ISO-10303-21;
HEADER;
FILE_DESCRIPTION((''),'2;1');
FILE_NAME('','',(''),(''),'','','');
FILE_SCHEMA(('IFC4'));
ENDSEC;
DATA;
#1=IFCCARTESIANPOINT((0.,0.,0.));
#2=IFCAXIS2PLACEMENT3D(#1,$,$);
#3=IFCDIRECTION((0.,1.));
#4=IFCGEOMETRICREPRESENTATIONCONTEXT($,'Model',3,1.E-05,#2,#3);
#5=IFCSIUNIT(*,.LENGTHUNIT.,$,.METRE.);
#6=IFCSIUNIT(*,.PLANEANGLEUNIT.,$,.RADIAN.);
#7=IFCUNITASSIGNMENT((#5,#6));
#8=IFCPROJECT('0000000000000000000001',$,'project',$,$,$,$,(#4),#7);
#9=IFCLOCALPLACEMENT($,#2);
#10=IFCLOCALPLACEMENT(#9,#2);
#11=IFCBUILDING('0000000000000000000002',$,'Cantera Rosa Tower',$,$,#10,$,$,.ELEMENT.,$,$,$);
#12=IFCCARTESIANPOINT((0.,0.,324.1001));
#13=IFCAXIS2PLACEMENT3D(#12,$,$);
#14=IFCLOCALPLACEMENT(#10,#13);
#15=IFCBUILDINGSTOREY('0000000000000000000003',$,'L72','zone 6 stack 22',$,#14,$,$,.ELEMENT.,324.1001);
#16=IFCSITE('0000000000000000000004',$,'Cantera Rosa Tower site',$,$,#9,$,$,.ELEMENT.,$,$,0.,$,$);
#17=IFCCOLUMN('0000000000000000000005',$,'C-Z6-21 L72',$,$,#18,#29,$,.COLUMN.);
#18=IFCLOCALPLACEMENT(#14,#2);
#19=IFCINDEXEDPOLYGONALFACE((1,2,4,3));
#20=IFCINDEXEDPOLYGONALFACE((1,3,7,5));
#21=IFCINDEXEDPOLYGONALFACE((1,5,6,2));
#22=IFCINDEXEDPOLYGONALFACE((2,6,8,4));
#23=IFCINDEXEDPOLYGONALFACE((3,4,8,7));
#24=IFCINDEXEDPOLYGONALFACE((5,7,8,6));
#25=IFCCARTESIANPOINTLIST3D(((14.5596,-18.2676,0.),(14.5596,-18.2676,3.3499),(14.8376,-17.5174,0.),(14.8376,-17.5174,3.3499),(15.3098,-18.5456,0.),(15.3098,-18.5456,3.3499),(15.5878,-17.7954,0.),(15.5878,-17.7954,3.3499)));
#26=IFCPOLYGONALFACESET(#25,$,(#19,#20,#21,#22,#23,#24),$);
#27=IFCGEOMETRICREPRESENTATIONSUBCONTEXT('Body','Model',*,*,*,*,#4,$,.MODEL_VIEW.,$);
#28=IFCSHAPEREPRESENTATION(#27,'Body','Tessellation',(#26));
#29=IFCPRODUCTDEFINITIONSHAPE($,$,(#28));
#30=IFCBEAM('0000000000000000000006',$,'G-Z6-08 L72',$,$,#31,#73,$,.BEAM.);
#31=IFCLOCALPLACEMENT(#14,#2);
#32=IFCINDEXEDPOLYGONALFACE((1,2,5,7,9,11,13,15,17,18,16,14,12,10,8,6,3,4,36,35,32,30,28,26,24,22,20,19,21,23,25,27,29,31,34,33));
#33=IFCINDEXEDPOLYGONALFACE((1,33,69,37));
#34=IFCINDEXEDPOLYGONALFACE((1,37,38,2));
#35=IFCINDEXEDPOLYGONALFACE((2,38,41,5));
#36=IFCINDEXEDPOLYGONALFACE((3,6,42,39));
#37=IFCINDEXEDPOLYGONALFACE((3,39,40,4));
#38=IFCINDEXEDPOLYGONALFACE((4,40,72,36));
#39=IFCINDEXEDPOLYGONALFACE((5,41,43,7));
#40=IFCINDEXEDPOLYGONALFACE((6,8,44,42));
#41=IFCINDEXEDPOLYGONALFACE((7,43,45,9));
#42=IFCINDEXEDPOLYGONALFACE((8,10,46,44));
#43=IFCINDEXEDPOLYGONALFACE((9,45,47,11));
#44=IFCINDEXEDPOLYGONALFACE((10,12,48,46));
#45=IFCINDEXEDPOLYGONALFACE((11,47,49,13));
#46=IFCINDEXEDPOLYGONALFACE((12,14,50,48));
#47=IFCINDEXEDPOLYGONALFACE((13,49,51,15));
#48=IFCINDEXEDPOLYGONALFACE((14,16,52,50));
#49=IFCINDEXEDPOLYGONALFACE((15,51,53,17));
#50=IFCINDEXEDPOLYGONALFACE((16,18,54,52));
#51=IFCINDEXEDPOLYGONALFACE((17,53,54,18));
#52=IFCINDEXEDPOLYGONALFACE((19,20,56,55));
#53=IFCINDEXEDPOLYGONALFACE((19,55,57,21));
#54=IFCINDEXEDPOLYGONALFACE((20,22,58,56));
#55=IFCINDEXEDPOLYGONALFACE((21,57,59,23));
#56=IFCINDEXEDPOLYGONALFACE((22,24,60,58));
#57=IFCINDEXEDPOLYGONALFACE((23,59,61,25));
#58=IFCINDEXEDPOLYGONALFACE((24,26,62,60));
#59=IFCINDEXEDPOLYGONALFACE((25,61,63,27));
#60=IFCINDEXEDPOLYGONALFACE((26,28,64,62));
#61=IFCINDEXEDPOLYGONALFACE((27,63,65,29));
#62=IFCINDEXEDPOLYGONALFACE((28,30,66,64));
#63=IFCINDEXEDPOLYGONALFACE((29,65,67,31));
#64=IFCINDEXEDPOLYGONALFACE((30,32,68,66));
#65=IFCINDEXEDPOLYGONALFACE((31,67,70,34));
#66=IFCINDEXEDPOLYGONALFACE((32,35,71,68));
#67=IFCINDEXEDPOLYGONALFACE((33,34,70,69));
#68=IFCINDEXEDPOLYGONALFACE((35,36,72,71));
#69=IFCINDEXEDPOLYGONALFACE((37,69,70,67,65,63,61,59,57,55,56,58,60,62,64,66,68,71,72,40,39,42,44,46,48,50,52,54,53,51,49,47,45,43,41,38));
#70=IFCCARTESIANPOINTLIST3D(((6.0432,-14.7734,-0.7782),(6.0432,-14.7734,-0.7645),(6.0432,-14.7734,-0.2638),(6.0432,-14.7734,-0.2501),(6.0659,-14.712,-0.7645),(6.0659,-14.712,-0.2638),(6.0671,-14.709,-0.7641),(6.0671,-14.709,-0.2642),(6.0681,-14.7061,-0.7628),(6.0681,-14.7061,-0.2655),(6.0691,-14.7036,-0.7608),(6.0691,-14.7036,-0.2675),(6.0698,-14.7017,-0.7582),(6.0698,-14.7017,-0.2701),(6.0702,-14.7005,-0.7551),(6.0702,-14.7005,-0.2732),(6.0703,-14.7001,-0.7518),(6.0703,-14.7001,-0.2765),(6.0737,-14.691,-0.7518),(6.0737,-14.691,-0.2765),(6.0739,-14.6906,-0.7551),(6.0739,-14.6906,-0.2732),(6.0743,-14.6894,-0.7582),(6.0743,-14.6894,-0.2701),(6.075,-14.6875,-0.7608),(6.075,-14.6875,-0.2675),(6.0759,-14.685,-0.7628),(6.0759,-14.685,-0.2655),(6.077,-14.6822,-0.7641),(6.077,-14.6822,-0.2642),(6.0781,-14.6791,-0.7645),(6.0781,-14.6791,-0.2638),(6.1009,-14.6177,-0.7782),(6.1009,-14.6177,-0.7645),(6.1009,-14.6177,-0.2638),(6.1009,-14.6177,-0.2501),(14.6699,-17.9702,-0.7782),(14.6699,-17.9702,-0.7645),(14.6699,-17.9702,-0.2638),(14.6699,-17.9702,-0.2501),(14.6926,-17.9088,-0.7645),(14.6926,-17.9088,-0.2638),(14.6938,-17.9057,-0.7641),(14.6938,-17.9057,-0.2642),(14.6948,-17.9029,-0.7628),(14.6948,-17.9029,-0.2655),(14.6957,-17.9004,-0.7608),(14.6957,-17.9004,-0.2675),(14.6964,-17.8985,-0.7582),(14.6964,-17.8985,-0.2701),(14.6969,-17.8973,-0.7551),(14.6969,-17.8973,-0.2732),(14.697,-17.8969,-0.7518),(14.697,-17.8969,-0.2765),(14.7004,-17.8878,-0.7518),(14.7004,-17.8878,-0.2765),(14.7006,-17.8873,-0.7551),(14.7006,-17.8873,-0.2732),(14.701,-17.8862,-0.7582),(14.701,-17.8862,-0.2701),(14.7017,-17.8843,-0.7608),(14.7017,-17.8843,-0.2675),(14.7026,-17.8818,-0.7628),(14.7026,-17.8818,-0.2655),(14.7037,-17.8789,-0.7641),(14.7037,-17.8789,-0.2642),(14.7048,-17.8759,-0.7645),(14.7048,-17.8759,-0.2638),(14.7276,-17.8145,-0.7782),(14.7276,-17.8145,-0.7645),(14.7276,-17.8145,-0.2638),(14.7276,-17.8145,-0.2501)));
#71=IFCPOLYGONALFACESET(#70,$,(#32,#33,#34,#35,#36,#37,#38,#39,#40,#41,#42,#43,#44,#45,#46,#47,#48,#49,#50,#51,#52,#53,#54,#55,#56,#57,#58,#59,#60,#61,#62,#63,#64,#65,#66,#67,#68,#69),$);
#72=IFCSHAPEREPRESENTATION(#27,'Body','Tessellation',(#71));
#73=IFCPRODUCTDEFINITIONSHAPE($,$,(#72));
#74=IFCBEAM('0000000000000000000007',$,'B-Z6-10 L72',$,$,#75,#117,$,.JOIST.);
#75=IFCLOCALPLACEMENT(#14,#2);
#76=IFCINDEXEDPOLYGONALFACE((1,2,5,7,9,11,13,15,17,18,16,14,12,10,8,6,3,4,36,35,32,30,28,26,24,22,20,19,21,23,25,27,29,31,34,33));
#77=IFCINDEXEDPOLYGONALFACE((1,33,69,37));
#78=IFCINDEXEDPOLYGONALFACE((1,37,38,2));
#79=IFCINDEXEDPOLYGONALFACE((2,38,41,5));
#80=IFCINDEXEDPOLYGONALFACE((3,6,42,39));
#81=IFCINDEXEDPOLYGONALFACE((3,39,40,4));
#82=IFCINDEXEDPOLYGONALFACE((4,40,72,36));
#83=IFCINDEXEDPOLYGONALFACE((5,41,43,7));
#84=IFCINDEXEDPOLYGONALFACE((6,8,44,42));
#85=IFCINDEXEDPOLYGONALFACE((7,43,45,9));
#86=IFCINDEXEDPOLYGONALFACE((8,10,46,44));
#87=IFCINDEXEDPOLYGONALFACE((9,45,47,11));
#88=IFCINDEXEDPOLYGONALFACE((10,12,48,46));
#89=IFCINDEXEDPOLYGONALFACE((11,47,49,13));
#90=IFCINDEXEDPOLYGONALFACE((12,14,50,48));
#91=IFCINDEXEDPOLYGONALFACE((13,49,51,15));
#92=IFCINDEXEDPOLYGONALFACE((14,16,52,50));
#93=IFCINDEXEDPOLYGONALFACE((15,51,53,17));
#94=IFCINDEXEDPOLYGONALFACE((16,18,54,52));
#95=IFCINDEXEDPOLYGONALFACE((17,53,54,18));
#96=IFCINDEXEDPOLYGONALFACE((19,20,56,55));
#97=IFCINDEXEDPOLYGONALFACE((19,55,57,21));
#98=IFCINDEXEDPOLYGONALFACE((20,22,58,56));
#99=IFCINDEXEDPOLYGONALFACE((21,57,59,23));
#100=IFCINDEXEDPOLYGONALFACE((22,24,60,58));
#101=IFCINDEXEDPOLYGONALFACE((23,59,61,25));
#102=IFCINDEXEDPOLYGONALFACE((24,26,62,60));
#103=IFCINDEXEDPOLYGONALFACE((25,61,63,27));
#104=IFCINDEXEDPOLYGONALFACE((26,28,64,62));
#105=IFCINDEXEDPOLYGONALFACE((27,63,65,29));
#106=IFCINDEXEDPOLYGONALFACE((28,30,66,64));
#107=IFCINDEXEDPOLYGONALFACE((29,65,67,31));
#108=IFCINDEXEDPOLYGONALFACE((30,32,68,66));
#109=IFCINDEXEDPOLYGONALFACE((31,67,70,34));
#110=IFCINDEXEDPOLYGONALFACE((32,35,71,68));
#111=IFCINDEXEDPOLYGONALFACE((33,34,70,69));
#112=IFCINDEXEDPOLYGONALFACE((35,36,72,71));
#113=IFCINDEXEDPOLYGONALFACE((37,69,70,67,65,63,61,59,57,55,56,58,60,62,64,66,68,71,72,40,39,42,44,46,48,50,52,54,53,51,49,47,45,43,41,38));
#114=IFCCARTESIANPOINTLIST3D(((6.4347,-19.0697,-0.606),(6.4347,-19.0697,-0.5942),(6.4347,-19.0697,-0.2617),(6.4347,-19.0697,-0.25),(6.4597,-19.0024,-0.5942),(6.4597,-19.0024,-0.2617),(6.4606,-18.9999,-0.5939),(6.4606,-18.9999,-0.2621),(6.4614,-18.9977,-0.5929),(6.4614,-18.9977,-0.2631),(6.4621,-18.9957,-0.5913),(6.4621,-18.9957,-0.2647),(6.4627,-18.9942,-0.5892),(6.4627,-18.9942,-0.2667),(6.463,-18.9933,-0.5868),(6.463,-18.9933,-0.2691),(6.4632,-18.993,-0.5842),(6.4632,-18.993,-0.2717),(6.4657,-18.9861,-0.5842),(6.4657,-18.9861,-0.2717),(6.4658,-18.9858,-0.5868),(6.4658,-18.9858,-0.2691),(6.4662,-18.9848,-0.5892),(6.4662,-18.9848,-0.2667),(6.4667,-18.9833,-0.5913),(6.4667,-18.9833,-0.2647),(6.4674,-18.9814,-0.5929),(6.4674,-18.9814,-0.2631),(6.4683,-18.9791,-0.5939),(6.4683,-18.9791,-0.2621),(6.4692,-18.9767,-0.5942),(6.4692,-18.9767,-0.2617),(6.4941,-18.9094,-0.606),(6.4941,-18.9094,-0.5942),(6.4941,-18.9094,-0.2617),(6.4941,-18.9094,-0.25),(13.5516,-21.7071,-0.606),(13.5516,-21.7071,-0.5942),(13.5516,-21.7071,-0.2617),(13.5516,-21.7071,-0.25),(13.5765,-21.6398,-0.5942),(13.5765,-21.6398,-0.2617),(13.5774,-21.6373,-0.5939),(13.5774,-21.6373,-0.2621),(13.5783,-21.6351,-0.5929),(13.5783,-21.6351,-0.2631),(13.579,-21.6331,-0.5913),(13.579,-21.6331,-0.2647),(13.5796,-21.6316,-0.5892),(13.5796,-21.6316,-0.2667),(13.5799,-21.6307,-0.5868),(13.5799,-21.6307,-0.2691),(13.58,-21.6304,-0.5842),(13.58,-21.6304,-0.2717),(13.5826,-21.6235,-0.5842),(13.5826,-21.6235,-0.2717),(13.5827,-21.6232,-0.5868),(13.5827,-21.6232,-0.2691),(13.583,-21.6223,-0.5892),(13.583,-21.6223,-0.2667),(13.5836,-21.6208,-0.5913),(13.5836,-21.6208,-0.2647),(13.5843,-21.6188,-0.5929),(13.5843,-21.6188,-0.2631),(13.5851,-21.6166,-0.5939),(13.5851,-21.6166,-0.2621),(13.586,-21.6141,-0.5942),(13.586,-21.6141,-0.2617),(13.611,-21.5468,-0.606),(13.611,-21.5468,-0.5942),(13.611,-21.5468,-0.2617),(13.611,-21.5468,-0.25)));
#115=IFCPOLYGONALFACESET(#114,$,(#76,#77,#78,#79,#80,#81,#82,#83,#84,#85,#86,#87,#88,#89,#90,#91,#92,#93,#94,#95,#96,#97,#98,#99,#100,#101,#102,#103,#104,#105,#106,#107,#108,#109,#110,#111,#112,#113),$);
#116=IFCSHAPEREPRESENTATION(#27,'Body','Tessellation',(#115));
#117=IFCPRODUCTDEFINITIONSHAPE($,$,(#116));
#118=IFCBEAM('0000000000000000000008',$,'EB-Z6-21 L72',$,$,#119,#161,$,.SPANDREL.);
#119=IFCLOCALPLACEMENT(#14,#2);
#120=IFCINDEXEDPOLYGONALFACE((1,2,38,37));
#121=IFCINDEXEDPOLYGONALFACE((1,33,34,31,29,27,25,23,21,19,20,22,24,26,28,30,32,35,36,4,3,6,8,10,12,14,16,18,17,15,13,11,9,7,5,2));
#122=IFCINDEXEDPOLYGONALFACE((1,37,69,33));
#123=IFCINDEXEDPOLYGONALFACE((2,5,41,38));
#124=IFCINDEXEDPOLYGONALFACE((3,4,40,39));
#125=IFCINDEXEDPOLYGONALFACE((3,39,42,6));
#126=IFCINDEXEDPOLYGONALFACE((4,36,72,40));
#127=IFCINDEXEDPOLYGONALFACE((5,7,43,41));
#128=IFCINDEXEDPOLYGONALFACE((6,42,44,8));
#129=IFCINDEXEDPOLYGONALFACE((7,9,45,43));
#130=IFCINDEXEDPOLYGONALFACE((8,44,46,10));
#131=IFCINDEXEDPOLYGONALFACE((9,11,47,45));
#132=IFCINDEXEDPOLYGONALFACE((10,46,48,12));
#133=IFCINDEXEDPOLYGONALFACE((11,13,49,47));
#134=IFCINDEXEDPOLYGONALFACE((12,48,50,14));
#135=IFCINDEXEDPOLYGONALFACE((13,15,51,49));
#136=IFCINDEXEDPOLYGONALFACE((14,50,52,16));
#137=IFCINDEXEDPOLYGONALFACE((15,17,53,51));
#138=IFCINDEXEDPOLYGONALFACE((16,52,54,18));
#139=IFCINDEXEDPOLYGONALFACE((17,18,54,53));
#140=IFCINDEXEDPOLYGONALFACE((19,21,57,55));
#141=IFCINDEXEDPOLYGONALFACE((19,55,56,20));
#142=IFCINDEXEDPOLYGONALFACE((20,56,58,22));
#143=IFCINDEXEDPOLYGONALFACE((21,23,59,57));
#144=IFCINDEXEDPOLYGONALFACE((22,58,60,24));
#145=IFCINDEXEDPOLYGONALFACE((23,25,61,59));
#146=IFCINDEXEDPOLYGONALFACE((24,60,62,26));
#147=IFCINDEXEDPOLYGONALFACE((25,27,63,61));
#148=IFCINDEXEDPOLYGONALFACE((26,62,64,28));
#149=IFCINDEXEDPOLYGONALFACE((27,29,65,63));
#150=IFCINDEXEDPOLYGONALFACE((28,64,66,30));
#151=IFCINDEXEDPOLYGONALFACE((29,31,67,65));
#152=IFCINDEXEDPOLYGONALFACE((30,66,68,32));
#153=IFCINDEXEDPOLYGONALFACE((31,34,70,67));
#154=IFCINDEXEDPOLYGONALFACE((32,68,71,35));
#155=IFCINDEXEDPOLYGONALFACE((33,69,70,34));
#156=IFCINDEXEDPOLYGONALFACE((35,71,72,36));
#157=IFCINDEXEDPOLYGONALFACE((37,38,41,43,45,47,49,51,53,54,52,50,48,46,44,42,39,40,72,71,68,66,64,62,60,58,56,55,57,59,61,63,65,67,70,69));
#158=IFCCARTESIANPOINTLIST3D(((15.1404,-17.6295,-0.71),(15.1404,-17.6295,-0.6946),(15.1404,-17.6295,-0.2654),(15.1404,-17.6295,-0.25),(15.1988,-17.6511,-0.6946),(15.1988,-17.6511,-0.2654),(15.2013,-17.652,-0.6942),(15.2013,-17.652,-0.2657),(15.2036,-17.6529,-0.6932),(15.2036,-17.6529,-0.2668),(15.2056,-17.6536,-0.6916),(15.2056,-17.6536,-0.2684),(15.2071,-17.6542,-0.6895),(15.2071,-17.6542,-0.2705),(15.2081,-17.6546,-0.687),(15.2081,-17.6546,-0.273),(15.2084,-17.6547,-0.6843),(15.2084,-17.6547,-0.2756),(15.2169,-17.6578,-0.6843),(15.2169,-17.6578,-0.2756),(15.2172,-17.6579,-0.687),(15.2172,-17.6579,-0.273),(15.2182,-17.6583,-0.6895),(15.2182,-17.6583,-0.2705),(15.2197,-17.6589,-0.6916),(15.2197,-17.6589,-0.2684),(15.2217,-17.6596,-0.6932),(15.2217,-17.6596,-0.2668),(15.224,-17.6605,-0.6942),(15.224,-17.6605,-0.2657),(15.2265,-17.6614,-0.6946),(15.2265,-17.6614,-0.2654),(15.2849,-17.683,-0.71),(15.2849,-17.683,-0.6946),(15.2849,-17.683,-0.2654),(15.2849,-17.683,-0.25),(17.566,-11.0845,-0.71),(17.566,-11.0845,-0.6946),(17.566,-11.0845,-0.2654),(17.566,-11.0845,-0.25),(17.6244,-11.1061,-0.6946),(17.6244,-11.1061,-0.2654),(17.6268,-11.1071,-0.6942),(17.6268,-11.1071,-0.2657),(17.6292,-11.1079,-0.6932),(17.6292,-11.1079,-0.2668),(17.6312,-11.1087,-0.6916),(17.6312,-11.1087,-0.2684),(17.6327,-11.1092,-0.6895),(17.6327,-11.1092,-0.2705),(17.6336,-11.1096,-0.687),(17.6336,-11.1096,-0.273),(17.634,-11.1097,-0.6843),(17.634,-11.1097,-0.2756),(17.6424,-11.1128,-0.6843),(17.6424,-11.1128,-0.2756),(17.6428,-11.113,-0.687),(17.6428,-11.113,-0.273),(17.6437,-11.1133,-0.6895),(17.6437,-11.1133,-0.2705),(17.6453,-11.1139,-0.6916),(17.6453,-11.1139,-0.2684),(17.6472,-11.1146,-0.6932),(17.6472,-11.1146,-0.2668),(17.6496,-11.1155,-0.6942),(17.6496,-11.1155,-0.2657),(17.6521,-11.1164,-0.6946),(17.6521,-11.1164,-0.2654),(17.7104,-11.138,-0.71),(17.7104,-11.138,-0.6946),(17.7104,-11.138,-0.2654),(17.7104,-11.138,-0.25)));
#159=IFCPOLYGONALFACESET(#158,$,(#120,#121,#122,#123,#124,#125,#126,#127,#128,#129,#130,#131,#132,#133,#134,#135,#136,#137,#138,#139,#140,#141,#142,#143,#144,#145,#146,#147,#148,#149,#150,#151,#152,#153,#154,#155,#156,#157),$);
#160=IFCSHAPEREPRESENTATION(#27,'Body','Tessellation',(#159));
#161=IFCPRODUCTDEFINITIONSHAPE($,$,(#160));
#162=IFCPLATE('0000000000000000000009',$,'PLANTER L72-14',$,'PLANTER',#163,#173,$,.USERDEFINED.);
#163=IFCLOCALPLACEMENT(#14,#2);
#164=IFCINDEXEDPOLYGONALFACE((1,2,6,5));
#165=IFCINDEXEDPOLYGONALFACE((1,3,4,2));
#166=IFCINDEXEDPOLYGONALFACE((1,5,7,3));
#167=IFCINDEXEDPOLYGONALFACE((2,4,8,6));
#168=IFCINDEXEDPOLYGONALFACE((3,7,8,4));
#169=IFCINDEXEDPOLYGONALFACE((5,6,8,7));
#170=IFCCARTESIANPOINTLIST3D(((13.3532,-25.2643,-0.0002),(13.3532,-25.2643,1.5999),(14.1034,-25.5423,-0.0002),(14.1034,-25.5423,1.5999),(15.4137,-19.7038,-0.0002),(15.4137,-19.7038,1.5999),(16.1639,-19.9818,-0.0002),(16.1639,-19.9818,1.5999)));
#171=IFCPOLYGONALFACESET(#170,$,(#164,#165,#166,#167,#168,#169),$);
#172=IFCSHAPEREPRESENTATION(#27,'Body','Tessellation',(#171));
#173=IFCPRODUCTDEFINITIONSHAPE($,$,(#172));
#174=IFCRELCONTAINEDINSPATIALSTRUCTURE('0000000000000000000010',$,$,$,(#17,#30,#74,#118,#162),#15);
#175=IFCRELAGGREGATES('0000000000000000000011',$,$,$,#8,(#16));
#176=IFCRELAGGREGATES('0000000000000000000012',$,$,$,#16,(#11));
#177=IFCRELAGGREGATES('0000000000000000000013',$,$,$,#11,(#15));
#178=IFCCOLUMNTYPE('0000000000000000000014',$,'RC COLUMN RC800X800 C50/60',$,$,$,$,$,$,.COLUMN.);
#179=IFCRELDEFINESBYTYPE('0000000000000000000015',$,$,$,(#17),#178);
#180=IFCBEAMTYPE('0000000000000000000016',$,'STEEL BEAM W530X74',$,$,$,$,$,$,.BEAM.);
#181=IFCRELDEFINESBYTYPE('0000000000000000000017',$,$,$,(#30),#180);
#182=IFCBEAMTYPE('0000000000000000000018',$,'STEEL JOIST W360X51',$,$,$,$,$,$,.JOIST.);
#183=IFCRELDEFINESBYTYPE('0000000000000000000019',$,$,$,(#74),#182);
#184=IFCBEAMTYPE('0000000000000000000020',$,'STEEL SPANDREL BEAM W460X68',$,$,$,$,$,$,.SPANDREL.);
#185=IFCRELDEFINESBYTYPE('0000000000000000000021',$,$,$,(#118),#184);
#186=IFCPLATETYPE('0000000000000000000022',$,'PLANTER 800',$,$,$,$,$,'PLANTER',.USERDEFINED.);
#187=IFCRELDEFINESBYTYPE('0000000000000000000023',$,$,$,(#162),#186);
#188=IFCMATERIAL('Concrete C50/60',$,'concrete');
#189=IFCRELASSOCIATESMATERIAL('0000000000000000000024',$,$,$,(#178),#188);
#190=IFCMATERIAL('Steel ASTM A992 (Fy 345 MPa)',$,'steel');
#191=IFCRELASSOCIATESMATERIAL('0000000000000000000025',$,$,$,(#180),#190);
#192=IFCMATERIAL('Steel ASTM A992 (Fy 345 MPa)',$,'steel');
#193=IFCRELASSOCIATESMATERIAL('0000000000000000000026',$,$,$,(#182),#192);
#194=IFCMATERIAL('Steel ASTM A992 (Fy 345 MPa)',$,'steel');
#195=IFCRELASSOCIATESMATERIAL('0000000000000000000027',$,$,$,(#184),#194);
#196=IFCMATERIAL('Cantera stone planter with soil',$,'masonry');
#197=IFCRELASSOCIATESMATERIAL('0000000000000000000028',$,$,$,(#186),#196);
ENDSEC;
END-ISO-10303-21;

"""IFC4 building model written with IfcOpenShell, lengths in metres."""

from ifc_helpers import new_model, si_unit, direction, frame, origin, origin_2d, place, context, subcontext, project, spatial, rectangle, i_section, extrude, material, material_profile, profile_set, type_object, element, save


model = new_model("IFC4")

# Units and contexts
model_context = context("Model", 3, precision=1e-05, world=origin(), true_north=direction((0.0, 1.0)))
body_context = subcontext(model_context, "Body", "Model", "MODEL_VIEW")
ifc_project = project(units=[si_unit("LENGTHUNIT", "METRE"), si_unit("PLANEANGLEUNIT", "RADIAN")], contexts=[model_context])

# Site, building, storey
site_placement = place(None, origin())
site = spatial("IfcSite", under=ifc_project, at=site_placement, Name="Cantera Rosa Tower site", CompositionType="ELEMENT", RefElevation=0.0)
building_placement = place(site_placement, origin())
building = spatial("IfcBuilding", under=site, at=building_placement, Name="Cantera Rosa Tower", CompositionType="ELEMENT")
storey_placement = place(building_placement, frame((0.0, 0.0, 324.1001)))
storey = spatial("IfcBuildingStorey", under=building, at=storey_placement, Name="L72", Description="zone 6 stack 22", CompositionType="ELEMENT", Elevation=324.1001)

# Column
ifc_material_1 = material(Name="Concrete C50/60", Category="concrete")
ifc_material_profile_1 = material_profile(ifc_material_1, rectangle(XDim=0.8, YDim=0.8, at=origin_2d()), Name="RC COLUMN RC800X800 C50/60")
ifc_profile_set_1 = profile_set([ifc_material_profile_1], Name="Concrete C50/60")
column_type = type_object("IfcColumnType", Name="RC COLUMN RC800X800 C50/60", PredefinedType="COLUMN", material=ifc_profile_set_1)
column_placement = place(storey_placement, frame((15.0737, -18.0315, 0.0), z_axis=(0.0, 0.0, 1.0), x_axis=(0.347481, 0.937687, 0.0)))
element("IfcColumn", 1, at=column_placement, inside=storey, type_object=column_type, Name="C-Z6-21 L72", PredefinedType="COLUMN", context=body_context, shape_type="SweptSolid", body=[
    extrude(rectangle(XDim=0.8, YDim=0.8, at=origin_2d()), origin(), (0.0, 0.0, 1.0), 3.3499),
])

# Beams
ifc_material_2 = material(Name="Steel ASTM A992 (Fy 345 MPa)", Category="steel")
ifc_material_profile_2 = material_profile(ifc_material_2, i_section(OverallWidth=0.166, OverallDepth=0.5281, WebThickness=0.0098, FlangeThickness=0.0137, FilletRadius=0.0127, at=origin_2d()), Name="W530X74")
ifc_profile_set_2 = profile_set([ifc_material_profile_2], Name="Steel ASTM A992 (Fy 345 MPa)")
beam_type_1 = type_object("IfcBeamType", Name="STEEL BEAM W530X74", PredefinedType="BEAM", material=ifc_profile_set_2)
beam_1_placement = place(storey_placement, frame((14.6987, -17.8923, -0.5142), z_axis=(-0.937689, 0.347477, 0.0), x_axis=(-0.347477, -0.937689, 0.0)))
element("IfcBeam", 2, at=beam_1_placement, inside=storey, type_object=beam_type_1, Name="G-Z6-08 L72", PredefinedType="BEAM", context=body_context, shape_type="SweptSolid", body=[
    extrude(i_section(OverallWidth=0.166, OverallDepth=0.5281, WebThickness=0.0098, FlangeThickness=0.0137, FilletRadius=0.0127, at=origin_2d()), origin(), (0.0, 0.0, 1.0), 9.2),
])
ifc_material_3 = material(Name="Steel ASTM A992 (Fy 345 MPa)", Category="steel")
ifc_material_profile_3 = material_profile(ifc_material_3, i_section(OverallWidth=0.1709, OverallDepth=0.356, WebThickness=0.0073, FlangeThickness=0.0117, FilletRadius=0.01, at=origin_2d()), Name="W360X51")
ifc_profile_set_3 = profile_set([ifc_material_profile_3], Name="Steel ASTM A992 (Fy 345 MPa)")
beam_type_2 = type_object("IfcBeamType", Name="STEEL JOIST W360X51", PredefinedType="JOIST", material=ifc_profile_set_3)
beam_2_placement = place(storey_placement, frame((13.5813, -21.627, -0.428), z_axis=(-0.937682, 0.347493, 0.0), x_axis=(-0.347493, -0.937682, 0.0)))
element("IfcBeam", 3, at=beam_2_placement, inside=storey, type_object=beam_type_2, Name="B-Z6-10 L72", PredefinedType="JOIST", context=body_context, shape_type="SweptSolid", body=[
    extrude(i_section(OverallWidth=0.1709, OverallDepth=0.356, WebThickness=0.0073, FlangeThickness=0.0117, FilletRadius=0.01, at=origin_2d()), origin(), (0.0, 0.0, 1.0), 7.5898),
])
ifc_material_4 = material(Name="Steel ASTM A992 (Fy 345 MPa)", Category="steel")
ifc_material_profile_4 = material_profile(ifc_material_4, i_section(OverallWidth=0.1541, OverallDepth=0.46, WebThickness=0.009, FlangeThickness=0.0154, FilletRadius=0.0103, at=origin_2d()), Name="W460X68")
ifc_profile_set_4 = profile_set([ifc_material_profile_4], Name="Steel ASTM A992 (Fy 345 MPa)")
beam_type_3 = type_object("IfcBeamType", Name="STEEL SPANDREL BEAM W460X68", PredefinedType="SPANDREL", material=ifc_profile_set_4)
beam_3_placement = place(storey_placement, frame((15.2126, -17.6562, -0.48), z_axis=(0.347502, 0.937679, 0.0), x_axis=(-0.937679, 0.347502, 0.0)))
element("IfcBeam", 4, at=beam_3_placement, inside=storey, type_object=beam_type_3, Name="EB-Z6-21 L72", PredefinedType="SPANDREL", context=body_context, shape_type="SweptSolid", body=[
    extrude(i_section(OverallWidth=0.1541, OverallDepth=0.46, WebThickness=0.009, FlangeThickness=0.0154, FilletRadius=0.0103, at=origin_2d()), origin(), (0.0, 0.0, 1.0), 6.98),
])

# Plate
ifc_material_5 = material(Name="Cantera stone planter with soil", Category="masonry")
plate_type = type_object("IfcPlateType", Name="PLANTER 800", ElementType="PLANTER", PredefinedType="USERDEFINED", material=ifc_material_5)
plate_placement = place(storey_placement, frame((14.7585, -22.623, -0.0002), z_axis=(0.0, 0.0, 1.0), x_axis=(0.347481, 0.937687, 0.0)))
element("IfcPlate", 5, at=plate_placement, inside=storey, type_object=plate_type, Name="PLANTER L72-14", ObjectType="PLANTER", PredefinedType="USERDEFINED", context=body_context, shape_type="SweptSolid", body=[
    extrude(rectangle(XDim=5.9299, YDim=0.8, at=origin_2d()), origin(), (0.0, 0.0, 1.0), 1.6001),
])

save(model, "model.ifc")
